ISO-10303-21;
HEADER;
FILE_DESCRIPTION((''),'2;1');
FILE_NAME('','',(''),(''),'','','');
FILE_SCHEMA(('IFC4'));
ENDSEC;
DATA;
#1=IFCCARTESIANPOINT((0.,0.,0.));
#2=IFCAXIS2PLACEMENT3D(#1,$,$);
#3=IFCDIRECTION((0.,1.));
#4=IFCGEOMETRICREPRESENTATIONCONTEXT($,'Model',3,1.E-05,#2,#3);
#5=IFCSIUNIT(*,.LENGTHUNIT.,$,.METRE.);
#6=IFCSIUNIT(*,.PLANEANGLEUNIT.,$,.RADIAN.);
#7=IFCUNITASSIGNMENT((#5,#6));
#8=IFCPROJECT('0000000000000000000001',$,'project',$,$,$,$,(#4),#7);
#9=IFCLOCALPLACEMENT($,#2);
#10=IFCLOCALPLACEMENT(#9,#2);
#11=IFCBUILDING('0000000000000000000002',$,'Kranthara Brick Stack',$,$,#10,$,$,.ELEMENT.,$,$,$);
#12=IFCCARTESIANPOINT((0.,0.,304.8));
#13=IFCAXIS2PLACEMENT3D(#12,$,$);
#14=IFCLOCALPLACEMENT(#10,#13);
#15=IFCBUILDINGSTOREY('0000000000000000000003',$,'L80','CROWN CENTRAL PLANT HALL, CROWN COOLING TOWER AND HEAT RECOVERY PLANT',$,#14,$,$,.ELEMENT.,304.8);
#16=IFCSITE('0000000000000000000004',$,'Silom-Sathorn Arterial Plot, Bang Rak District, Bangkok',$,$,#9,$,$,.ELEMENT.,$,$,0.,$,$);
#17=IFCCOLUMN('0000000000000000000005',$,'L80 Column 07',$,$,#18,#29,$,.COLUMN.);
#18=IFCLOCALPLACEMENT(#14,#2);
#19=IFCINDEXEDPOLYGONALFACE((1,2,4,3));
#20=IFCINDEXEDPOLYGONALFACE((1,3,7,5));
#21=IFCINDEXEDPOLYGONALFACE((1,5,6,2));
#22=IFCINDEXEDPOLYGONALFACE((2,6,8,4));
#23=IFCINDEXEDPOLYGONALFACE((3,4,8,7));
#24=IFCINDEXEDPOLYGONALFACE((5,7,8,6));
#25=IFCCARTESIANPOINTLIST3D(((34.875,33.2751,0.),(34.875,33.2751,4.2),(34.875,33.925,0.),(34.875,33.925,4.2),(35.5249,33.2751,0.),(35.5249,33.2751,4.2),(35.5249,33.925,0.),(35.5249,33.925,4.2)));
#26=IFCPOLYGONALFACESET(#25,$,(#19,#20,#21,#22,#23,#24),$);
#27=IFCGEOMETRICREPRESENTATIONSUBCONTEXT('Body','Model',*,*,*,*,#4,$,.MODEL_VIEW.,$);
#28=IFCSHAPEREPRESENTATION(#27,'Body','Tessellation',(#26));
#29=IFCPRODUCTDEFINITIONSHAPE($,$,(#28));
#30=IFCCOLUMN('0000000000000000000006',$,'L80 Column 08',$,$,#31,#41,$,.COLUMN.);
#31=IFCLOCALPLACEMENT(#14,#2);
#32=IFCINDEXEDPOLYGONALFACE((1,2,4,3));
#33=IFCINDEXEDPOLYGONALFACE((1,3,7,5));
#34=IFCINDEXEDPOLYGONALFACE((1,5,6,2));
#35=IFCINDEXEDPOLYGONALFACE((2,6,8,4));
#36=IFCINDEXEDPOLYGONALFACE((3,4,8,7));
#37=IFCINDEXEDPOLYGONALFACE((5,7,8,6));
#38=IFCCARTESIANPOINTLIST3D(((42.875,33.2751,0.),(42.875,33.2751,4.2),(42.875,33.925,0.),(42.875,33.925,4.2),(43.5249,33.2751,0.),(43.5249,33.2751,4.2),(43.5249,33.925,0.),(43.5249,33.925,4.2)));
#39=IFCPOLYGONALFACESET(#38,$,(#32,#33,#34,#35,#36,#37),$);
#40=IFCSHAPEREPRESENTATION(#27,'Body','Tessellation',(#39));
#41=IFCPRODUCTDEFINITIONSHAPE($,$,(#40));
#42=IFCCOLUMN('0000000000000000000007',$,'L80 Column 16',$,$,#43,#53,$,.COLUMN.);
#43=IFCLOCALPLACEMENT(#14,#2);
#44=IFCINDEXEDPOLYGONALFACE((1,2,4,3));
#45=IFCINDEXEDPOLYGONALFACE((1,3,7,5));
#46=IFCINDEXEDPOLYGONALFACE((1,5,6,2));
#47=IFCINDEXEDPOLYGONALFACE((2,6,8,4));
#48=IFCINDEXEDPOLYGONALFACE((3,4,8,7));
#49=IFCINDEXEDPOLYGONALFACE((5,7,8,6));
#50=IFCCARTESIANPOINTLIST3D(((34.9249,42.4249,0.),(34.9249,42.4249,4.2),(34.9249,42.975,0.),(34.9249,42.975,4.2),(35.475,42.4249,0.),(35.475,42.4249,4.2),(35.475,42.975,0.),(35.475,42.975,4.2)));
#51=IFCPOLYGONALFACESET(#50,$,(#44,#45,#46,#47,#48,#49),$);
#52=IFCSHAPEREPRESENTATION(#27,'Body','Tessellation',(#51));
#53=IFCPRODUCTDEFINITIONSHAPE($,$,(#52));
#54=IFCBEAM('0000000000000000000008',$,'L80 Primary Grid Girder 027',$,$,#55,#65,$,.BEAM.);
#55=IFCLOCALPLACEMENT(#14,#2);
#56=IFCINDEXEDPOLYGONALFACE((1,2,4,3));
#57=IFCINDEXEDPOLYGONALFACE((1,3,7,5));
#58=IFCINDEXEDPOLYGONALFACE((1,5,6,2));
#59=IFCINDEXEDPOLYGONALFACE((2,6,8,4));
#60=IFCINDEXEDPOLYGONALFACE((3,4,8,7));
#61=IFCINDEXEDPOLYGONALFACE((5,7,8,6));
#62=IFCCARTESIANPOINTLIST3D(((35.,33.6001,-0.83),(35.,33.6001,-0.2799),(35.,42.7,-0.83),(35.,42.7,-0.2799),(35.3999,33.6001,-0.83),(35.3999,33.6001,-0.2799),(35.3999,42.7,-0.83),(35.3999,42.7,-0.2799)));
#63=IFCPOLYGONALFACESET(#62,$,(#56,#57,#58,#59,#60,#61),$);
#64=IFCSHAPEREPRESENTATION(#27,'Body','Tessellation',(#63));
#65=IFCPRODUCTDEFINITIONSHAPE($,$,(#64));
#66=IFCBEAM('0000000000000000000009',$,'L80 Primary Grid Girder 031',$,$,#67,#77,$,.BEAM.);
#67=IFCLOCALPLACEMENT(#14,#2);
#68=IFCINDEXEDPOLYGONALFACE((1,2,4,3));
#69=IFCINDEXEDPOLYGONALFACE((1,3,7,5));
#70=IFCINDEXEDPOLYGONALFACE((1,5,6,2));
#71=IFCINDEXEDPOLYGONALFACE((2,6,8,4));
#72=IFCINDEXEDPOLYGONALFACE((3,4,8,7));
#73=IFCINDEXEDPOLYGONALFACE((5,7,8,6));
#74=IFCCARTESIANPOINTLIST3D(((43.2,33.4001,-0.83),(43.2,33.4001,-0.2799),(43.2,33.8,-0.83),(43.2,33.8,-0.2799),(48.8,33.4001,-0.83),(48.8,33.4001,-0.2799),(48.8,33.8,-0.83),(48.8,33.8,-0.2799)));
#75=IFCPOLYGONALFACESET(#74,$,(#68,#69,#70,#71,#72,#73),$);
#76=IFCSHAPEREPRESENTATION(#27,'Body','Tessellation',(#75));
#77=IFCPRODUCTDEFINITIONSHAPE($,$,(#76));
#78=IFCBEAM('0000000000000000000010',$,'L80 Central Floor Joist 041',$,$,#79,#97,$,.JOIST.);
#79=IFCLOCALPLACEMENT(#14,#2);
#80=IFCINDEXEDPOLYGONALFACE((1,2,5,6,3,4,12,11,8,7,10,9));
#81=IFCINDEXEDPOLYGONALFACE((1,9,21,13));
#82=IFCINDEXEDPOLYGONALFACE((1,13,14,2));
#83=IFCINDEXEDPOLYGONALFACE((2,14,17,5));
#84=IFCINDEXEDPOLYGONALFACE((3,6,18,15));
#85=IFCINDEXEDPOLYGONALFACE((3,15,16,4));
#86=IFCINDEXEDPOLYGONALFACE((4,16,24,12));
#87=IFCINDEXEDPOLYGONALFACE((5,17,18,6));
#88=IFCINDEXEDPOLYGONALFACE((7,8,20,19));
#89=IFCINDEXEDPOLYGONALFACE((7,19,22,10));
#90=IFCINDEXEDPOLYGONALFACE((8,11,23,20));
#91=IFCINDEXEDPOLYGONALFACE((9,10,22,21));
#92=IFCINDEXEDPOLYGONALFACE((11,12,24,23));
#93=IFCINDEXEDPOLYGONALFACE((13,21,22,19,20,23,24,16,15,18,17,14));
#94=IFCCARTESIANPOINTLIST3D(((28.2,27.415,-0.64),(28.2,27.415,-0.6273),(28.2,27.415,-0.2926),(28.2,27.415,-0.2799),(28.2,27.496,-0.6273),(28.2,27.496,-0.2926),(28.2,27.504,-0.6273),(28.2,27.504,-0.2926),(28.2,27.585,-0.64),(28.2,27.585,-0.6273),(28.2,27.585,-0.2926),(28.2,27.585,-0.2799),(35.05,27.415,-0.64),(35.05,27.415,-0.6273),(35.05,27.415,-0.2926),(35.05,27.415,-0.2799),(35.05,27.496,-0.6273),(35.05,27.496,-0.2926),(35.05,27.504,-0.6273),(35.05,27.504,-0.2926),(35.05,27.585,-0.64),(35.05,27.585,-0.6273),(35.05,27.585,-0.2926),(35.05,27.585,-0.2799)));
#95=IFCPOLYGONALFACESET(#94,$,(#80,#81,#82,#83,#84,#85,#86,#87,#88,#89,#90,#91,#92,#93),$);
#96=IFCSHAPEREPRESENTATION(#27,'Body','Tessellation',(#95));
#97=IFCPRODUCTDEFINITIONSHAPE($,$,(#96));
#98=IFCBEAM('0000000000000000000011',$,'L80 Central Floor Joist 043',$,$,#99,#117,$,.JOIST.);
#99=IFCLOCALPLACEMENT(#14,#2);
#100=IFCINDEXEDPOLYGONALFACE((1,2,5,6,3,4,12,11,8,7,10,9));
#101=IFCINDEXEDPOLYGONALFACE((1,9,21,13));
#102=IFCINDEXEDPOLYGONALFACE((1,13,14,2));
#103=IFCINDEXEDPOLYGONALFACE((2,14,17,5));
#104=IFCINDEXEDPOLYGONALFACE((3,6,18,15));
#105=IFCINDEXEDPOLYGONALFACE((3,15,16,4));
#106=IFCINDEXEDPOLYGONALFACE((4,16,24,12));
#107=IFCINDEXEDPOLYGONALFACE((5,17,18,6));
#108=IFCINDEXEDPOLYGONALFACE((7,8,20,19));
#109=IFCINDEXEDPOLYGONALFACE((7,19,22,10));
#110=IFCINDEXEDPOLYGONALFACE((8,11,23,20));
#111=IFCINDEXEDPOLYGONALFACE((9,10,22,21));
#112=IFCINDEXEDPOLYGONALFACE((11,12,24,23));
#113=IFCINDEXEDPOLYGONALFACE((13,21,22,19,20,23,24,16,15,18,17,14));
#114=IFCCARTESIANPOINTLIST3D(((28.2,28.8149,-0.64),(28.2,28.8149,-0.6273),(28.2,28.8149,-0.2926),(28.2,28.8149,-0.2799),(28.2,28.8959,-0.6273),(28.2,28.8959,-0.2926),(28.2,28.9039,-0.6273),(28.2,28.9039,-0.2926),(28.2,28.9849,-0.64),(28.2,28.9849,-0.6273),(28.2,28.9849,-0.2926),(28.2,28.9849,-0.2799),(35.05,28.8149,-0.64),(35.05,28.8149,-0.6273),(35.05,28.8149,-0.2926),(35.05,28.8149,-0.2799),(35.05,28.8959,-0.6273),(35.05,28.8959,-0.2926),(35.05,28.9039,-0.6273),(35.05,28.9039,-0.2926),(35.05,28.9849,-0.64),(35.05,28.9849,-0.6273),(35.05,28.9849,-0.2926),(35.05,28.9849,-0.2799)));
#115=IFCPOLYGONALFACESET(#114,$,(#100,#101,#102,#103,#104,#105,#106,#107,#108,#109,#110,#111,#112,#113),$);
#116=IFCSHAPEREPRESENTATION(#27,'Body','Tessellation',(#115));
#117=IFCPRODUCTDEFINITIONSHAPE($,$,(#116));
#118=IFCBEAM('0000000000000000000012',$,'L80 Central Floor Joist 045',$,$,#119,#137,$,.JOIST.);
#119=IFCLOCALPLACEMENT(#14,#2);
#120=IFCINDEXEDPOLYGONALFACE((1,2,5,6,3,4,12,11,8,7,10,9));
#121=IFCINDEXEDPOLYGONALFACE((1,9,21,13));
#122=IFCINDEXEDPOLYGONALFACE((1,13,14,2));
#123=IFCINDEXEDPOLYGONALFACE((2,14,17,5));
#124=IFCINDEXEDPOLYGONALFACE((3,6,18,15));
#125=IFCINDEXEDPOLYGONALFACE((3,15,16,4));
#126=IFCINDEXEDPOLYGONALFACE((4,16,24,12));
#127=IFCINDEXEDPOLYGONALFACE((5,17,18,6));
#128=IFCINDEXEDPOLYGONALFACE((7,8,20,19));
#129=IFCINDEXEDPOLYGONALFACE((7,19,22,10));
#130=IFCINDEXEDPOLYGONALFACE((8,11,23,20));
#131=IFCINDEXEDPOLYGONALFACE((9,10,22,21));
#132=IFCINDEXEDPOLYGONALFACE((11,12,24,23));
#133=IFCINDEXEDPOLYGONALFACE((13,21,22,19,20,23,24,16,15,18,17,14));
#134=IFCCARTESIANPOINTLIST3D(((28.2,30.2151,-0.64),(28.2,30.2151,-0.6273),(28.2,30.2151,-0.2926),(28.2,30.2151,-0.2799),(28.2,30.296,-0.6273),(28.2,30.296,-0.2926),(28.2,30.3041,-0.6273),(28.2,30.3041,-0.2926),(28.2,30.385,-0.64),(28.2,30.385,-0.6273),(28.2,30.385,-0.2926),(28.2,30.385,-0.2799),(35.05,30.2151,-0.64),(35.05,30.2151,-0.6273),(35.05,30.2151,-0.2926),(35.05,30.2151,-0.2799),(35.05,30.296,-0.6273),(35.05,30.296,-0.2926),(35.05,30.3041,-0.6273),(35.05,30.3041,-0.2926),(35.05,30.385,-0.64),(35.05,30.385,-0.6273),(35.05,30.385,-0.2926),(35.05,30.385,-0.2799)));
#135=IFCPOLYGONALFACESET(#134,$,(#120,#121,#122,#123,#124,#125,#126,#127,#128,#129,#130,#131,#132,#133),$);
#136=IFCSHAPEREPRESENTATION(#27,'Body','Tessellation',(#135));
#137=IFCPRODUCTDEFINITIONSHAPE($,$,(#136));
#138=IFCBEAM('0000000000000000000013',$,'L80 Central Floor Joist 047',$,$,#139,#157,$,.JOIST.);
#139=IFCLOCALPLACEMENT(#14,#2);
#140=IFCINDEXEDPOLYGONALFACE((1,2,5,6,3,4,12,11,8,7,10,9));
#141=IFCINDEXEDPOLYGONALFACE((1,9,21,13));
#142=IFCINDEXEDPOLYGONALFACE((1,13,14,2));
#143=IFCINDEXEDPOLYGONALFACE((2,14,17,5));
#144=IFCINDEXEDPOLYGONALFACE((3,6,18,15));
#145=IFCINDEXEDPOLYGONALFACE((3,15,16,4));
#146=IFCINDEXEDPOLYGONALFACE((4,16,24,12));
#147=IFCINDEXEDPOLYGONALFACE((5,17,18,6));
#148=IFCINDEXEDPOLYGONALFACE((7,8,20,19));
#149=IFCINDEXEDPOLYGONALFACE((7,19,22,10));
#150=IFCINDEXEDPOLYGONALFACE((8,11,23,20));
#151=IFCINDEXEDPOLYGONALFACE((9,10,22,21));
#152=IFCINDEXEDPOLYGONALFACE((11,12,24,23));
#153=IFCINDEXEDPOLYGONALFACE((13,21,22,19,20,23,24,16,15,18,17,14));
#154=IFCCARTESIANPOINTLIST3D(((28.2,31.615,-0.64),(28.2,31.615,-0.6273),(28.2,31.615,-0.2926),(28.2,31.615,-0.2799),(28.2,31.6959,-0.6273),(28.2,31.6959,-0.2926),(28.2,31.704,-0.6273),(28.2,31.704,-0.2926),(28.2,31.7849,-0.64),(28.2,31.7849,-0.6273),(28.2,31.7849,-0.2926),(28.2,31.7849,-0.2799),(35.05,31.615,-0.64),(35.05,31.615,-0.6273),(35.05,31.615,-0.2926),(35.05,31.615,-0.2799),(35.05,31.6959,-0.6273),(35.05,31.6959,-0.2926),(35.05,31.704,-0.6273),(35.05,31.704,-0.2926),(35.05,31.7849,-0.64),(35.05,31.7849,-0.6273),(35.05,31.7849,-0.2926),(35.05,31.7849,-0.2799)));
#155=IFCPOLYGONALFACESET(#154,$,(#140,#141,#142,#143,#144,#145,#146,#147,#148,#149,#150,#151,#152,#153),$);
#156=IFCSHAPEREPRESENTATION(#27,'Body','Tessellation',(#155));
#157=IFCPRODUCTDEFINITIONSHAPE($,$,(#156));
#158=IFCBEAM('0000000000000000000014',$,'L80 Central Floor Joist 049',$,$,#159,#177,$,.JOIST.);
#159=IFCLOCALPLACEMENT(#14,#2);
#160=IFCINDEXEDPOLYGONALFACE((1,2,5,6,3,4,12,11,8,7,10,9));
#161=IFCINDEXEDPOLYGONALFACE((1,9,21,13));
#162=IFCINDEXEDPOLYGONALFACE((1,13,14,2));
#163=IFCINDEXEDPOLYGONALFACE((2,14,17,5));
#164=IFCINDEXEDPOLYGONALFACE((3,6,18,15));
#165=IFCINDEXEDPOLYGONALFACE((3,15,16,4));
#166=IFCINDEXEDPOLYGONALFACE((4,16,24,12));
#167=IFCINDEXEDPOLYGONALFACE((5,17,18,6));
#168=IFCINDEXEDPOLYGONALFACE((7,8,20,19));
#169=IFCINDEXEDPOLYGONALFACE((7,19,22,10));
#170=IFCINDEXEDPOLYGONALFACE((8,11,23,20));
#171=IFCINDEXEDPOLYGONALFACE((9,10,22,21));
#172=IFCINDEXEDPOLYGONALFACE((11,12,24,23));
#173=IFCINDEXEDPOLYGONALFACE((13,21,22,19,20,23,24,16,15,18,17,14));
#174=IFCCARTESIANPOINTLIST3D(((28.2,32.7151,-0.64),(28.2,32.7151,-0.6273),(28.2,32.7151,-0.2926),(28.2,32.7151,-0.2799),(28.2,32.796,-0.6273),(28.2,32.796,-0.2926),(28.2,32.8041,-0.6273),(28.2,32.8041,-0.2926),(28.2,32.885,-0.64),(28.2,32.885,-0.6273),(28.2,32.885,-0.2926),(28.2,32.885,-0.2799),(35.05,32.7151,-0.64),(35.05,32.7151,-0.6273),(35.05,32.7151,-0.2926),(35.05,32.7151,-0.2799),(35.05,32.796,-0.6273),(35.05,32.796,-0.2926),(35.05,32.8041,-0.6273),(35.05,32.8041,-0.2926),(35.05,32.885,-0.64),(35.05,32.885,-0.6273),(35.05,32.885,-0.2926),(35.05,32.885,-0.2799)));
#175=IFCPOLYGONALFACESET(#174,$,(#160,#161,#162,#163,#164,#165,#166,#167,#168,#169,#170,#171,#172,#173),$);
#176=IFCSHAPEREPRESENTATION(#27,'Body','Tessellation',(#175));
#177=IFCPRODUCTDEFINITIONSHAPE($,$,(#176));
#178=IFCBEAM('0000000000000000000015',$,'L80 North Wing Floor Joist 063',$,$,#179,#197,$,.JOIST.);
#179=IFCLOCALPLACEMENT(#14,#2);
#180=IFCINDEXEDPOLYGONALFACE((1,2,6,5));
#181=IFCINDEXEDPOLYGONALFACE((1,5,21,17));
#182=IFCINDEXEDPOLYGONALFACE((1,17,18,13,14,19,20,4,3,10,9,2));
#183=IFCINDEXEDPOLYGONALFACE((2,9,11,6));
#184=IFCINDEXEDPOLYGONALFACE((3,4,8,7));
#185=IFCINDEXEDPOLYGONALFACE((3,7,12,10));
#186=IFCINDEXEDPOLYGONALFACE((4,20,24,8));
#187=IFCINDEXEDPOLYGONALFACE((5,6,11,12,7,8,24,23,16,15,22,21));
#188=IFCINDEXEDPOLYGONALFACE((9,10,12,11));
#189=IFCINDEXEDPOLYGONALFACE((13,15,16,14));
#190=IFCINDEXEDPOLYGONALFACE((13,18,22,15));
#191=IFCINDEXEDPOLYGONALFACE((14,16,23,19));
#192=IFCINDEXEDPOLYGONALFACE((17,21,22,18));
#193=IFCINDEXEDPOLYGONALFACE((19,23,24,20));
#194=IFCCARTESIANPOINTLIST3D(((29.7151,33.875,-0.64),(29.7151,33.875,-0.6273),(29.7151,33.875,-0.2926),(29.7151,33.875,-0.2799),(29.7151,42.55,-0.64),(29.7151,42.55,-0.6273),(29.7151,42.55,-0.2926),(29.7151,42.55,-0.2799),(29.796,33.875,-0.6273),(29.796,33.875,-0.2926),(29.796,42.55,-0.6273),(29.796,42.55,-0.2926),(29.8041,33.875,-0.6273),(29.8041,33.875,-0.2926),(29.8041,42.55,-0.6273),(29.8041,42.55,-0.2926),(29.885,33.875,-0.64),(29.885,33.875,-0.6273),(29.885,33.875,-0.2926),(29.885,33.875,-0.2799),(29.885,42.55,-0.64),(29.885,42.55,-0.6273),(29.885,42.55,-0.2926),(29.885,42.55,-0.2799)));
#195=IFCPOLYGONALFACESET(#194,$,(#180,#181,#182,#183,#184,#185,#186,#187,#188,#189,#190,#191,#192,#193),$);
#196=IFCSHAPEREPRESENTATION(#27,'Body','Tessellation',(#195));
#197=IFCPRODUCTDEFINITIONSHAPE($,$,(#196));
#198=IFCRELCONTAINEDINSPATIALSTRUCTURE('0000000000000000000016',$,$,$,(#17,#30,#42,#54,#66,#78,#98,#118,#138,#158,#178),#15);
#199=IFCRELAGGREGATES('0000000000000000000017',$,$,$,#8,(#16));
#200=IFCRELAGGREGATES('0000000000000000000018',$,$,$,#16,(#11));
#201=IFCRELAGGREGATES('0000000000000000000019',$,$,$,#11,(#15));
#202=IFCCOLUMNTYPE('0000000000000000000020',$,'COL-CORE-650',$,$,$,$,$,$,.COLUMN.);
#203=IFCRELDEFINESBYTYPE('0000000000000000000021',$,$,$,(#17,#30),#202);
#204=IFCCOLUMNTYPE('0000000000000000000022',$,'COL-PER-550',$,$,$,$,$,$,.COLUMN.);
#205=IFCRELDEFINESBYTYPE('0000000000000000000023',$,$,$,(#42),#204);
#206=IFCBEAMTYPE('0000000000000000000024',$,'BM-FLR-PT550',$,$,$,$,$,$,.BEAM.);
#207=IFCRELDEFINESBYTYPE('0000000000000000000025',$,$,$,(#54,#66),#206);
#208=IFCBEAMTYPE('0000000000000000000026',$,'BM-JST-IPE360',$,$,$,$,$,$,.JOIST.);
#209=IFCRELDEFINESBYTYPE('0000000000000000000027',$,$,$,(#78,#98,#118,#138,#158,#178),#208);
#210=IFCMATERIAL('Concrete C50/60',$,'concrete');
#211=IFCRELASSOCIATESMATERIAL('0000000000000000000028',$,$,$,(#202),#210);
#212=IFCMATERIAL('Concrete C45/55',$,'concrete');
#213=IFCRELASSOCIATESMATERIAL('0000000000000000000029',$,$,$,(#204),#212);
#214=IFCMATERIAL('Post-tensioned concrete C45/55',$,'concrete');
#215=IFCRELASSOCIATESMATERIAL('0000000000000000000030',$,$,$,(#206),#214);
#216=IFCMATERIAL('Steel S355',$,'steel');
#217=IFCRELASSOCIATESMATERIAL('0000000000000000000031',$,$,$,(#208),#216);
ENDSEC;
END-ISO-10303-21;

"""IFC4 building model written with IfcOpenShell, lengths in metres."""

from ifc_helpers import new_model, si_unit, direction, frame, origin, origin_2d, place, context, subcontext, project, spatial, rectangle, i_section, extrude, material, material_profile, profile_set, type_object, element, save


model = new_model("IFC4")

# Units and contexts
model_context = context("Model", 3, precision=1e-05, world=origin(), true_north=direction((0.0, 1.0)))
body_context = subcontext(model_context, "Body", "Model", "MODEL_VIEW")
ifc_project = project(units=[si_unit("LENGTHUNIT", "METRE"), si_unit("PLANEANGLEUNIT", "RADIAN")], contexts=[model_context])

# Site, building, storey
site_placement = place(None, origin())
site = spatial("IfcSite", under=ifc_project, at=site_placement, Name="Silom-Sathorn Arterial Plot, Bang Rak District, Bangkok", CompositionType="ELEMENT", RefElevation=0.0)
building_placement = place(site_placement, origin())
building = spatial("IfcBuilding", under=site, at=building_placement, Name="Kranthara Brick Stack", CompositionType="ELEMENT")
storey_placement = place(building_placement, frame((0.0, 0.0, 304.8)))
storey = spatial("IfcBuildingStorey", under=building, at=storey_placement, Name="L80", Description="CROWN CENTRAL PLANT HALL, CROWN COOLING TOWER AND HEAT RECOVERY PLANT", CompositionType="ELEMENT", Elevation=304.8)

# Columns
ifc_material_1 = material(Name="Concrete C50/60", Category="concrete")
ifc_material_profile_1 = material_profile(ifc_material_1, rectangle(XDim=0.6499, YDim=0.6499, at=origin_2d()), Name="RC 650x650")
ifc_profile_set_1 = profile_set([ifc_material_profile_1], Name="Concrete C50/60")
column_type_1 = type_object("IfcColumnType", Name="COL-CORE-650", PredefinedType="COLUMN", material=ifc_profile_set_1)
for number, where, z_axis, x_axis, name in (
    (1, (35.2, 33.6001, 0.0), (0.0, 0.0, 1.0), (1.0, 0.0, 0.0), "L80 Column 07"),
    (2, (43.2, 33.6001, 0.0), (0.0, 0.0, 1.0), (1.0, 0.0, 0.0), "L80 Column 08"),
):
    element("IfcColumn", number, at=place(storey_placement, frame(where, z_axis=z_axis, x_axis=x_axis)), inside=storey, type_object=column_type_1, Name=name, PredefinedType="COLUMN", context=body_context, shape_type="SweptSolid", body=[
        extrude(rectangle(XDim=0.6499, YDim=0.6499, at=origin_2d()), origin(), (0.0, 0.0, 1.0), 4.2),
    ])
ifc_material_2 = material(Name="Concrete C45/55", Category="concrete")
ifc_material_profile_2 = material_profile(ifc_material_2, rectangle(XDim=0.55, YDim=0.55, at=origin_2d()), Name="RC 550x550")
ifc_profile_set_2 = profile_set([ifc_material_profile_2], Name="Concrete C45/55")
column_type_2 = type_object("IfcColumnType", Name="COL-PER-550", PredefinedType="COLUMN", material=ifc_profile_set_2)
column_placement = place(storey_placement, frame((35.2, 42.7, 0.0), z_axis=(0.0, 0.0, 1.0), x_axis=(1.0, 0.0, 0.0)))
element("IfcColumn", 3, at=column_placement, inside=storey, type_object=column_type_2, Name="L80 Column 16", PredefinedType="COLUMN", context=body_context, shape_type="SweptSolid", body=[
    extrude(rectangle(XDim=0.55, YDim=0.55, at=origin_2d()), origin(), (0.0, 0.0, 1.0), 4.2),
])

# Beams
ifc_material_3 = material(Name="Post-tensioned concrete C45/55", Category="concrete")
ifc_material_profile_3 = material_profile(ifc_material_3, rectangle(XDim=0.3999, YDim=0.55, at=origin_2d()), Name="PT 400x550")
ifc_profile_set_3 = profile_set([ifc_material_profile_3], Name="Post-tensioned concrete C45/55")
beam_type_1 = type_object("IfcBeamType", Name="BM-FLR-PT550", PredefinedType="BEAM", material=ifc_profile_set_3)
beam_1_placement = place(storey_placement, frame((35.2, 33.6001, -0.5549), z_axis=(0.0, 1.0, 0.0), x_axis=(-1.0, 0.0, 0.0)))
element("IfcBeam", 4, at=beam_1_placement, inside=storey, type_object=beam_type_1, Name="L80 Primary Grid Girder 027", PredefinedType="BEAM", context=body_context, shape_type="SweptSolid", body=[
    extrude(rectangle(XDim=0.3999, YDim=0.55, at=origin_2d()), origin(), (0.0, 0.0, 1.0), 9.0999),
])
beam_2_placement = place(storey_placement, frame((43.2, 33.6001, -0.5549), z_axis=(1.0, 0.0, 0.0), x_axis=(0.0, 1.0, 0.0)))
element("IfcBeam", 5, at=beam_2_placement, inside=storey, type_object=beam_type_1, Name="L80 Primary Grid Girder 031", PredefinedType="BEAM", context=body_context, shape_type="SweptSolid", body=[
    extrude(rectangle(XDim=0.3999, YDim=0.55, at=origin_2d()), origin(), (0.0, 0.0, 1.0), 5.6001),
])
ifc_material_4 = material(Name="Steel S355", Category="steel")
ifc_material_profile_4 = material_profile(ifc_material_4, i_section(OverallWidth=0.1699, OverallDepth=0.3601, WebThickness=0.0081, FlangeThickness=0.0127, at=origin_2d()), Name="IPE 360")
ifc_profile_set_4 = profile_set([ifc_material_profile_4], Name="Steel S355")
beam_type_2 = type_object("IfcBeamType", Name="BM-JST-IPE360", PredefinedType="JOIST", material=ifc_profile_set_4)
for number, where, z_axis, x_axis, name in (
    (6, (28.2, 27.5, -0.46), (1.0, 0.0, 0.0), (0.0, 1.0, 0.0), "L80 Central Floor Joist 041"),
    (7, (28.2, 28.8999, -0.46), (1.0, 0.0, 0.0), (0.0, 1.0, 0.0), "L80 Central Floor Joist 043"),
    (8, (28.2, 30.3, -0.46), (1.0, 0.0, 0.0), (0.0, 1.0, 0.0), "L80 Central Floor Joist 045"),
    (9, (28.2, 31.7, -0.46), (1.0, 0.0, 0.0), (0.0, 1.0, 0.0), "L80 Central Floor Joist 047"),
    (10, (28.2, 32.8, -0.46), (1.0, 0.0, 0.0), (0.0, 1.0, 0.0), "L80 Central Floor Joist 049"),
):
    element("IfcBeam", number, at=place(storey_placement, frame(where, z_axis=z_axis, x_axis=x_axis)), inside=storey, type_object=beam_type_2, Name=name, PredefinedType="JOIST", context=body_context, shape_type="SweptSolid", body=[
        extrude(i_section(OverallWidth=0.1699, OverallDepth=0.3601, WebThickness=0.0081, FlangeThickness=0.0127, at=origin_2d()), origin(), (0.0, 0.0, 1.0), 6.8501),
    ])
for number, where, z_axis, x_axis, name in (
    (11, (29.8, 33.875, -0.46), (0.0, 1.0, 0.0), (-1.0, 0.0, 0.0), "L80 North Wing Floor Joist 063"),
):
    element("IfcBeam", number, at=place(storey_placement, frame(where, z_axis=z_axis, x_axis=x_axis)), inside=storey, type_object=beam_type_2, Name=name, PredefinedType="JOIST", context=body_context, shape_type="SweptSolid", body=[
        extrude(i_section(OverallWidth=0.1699, OverallDepth=0.3601, WebThickness=0.0081, FlangeThickness=0.0127, at=origin_2d()), origin(), (0.0, 0.0, 1.0), 8.675),
    ])

save(model, "model.ifc")
